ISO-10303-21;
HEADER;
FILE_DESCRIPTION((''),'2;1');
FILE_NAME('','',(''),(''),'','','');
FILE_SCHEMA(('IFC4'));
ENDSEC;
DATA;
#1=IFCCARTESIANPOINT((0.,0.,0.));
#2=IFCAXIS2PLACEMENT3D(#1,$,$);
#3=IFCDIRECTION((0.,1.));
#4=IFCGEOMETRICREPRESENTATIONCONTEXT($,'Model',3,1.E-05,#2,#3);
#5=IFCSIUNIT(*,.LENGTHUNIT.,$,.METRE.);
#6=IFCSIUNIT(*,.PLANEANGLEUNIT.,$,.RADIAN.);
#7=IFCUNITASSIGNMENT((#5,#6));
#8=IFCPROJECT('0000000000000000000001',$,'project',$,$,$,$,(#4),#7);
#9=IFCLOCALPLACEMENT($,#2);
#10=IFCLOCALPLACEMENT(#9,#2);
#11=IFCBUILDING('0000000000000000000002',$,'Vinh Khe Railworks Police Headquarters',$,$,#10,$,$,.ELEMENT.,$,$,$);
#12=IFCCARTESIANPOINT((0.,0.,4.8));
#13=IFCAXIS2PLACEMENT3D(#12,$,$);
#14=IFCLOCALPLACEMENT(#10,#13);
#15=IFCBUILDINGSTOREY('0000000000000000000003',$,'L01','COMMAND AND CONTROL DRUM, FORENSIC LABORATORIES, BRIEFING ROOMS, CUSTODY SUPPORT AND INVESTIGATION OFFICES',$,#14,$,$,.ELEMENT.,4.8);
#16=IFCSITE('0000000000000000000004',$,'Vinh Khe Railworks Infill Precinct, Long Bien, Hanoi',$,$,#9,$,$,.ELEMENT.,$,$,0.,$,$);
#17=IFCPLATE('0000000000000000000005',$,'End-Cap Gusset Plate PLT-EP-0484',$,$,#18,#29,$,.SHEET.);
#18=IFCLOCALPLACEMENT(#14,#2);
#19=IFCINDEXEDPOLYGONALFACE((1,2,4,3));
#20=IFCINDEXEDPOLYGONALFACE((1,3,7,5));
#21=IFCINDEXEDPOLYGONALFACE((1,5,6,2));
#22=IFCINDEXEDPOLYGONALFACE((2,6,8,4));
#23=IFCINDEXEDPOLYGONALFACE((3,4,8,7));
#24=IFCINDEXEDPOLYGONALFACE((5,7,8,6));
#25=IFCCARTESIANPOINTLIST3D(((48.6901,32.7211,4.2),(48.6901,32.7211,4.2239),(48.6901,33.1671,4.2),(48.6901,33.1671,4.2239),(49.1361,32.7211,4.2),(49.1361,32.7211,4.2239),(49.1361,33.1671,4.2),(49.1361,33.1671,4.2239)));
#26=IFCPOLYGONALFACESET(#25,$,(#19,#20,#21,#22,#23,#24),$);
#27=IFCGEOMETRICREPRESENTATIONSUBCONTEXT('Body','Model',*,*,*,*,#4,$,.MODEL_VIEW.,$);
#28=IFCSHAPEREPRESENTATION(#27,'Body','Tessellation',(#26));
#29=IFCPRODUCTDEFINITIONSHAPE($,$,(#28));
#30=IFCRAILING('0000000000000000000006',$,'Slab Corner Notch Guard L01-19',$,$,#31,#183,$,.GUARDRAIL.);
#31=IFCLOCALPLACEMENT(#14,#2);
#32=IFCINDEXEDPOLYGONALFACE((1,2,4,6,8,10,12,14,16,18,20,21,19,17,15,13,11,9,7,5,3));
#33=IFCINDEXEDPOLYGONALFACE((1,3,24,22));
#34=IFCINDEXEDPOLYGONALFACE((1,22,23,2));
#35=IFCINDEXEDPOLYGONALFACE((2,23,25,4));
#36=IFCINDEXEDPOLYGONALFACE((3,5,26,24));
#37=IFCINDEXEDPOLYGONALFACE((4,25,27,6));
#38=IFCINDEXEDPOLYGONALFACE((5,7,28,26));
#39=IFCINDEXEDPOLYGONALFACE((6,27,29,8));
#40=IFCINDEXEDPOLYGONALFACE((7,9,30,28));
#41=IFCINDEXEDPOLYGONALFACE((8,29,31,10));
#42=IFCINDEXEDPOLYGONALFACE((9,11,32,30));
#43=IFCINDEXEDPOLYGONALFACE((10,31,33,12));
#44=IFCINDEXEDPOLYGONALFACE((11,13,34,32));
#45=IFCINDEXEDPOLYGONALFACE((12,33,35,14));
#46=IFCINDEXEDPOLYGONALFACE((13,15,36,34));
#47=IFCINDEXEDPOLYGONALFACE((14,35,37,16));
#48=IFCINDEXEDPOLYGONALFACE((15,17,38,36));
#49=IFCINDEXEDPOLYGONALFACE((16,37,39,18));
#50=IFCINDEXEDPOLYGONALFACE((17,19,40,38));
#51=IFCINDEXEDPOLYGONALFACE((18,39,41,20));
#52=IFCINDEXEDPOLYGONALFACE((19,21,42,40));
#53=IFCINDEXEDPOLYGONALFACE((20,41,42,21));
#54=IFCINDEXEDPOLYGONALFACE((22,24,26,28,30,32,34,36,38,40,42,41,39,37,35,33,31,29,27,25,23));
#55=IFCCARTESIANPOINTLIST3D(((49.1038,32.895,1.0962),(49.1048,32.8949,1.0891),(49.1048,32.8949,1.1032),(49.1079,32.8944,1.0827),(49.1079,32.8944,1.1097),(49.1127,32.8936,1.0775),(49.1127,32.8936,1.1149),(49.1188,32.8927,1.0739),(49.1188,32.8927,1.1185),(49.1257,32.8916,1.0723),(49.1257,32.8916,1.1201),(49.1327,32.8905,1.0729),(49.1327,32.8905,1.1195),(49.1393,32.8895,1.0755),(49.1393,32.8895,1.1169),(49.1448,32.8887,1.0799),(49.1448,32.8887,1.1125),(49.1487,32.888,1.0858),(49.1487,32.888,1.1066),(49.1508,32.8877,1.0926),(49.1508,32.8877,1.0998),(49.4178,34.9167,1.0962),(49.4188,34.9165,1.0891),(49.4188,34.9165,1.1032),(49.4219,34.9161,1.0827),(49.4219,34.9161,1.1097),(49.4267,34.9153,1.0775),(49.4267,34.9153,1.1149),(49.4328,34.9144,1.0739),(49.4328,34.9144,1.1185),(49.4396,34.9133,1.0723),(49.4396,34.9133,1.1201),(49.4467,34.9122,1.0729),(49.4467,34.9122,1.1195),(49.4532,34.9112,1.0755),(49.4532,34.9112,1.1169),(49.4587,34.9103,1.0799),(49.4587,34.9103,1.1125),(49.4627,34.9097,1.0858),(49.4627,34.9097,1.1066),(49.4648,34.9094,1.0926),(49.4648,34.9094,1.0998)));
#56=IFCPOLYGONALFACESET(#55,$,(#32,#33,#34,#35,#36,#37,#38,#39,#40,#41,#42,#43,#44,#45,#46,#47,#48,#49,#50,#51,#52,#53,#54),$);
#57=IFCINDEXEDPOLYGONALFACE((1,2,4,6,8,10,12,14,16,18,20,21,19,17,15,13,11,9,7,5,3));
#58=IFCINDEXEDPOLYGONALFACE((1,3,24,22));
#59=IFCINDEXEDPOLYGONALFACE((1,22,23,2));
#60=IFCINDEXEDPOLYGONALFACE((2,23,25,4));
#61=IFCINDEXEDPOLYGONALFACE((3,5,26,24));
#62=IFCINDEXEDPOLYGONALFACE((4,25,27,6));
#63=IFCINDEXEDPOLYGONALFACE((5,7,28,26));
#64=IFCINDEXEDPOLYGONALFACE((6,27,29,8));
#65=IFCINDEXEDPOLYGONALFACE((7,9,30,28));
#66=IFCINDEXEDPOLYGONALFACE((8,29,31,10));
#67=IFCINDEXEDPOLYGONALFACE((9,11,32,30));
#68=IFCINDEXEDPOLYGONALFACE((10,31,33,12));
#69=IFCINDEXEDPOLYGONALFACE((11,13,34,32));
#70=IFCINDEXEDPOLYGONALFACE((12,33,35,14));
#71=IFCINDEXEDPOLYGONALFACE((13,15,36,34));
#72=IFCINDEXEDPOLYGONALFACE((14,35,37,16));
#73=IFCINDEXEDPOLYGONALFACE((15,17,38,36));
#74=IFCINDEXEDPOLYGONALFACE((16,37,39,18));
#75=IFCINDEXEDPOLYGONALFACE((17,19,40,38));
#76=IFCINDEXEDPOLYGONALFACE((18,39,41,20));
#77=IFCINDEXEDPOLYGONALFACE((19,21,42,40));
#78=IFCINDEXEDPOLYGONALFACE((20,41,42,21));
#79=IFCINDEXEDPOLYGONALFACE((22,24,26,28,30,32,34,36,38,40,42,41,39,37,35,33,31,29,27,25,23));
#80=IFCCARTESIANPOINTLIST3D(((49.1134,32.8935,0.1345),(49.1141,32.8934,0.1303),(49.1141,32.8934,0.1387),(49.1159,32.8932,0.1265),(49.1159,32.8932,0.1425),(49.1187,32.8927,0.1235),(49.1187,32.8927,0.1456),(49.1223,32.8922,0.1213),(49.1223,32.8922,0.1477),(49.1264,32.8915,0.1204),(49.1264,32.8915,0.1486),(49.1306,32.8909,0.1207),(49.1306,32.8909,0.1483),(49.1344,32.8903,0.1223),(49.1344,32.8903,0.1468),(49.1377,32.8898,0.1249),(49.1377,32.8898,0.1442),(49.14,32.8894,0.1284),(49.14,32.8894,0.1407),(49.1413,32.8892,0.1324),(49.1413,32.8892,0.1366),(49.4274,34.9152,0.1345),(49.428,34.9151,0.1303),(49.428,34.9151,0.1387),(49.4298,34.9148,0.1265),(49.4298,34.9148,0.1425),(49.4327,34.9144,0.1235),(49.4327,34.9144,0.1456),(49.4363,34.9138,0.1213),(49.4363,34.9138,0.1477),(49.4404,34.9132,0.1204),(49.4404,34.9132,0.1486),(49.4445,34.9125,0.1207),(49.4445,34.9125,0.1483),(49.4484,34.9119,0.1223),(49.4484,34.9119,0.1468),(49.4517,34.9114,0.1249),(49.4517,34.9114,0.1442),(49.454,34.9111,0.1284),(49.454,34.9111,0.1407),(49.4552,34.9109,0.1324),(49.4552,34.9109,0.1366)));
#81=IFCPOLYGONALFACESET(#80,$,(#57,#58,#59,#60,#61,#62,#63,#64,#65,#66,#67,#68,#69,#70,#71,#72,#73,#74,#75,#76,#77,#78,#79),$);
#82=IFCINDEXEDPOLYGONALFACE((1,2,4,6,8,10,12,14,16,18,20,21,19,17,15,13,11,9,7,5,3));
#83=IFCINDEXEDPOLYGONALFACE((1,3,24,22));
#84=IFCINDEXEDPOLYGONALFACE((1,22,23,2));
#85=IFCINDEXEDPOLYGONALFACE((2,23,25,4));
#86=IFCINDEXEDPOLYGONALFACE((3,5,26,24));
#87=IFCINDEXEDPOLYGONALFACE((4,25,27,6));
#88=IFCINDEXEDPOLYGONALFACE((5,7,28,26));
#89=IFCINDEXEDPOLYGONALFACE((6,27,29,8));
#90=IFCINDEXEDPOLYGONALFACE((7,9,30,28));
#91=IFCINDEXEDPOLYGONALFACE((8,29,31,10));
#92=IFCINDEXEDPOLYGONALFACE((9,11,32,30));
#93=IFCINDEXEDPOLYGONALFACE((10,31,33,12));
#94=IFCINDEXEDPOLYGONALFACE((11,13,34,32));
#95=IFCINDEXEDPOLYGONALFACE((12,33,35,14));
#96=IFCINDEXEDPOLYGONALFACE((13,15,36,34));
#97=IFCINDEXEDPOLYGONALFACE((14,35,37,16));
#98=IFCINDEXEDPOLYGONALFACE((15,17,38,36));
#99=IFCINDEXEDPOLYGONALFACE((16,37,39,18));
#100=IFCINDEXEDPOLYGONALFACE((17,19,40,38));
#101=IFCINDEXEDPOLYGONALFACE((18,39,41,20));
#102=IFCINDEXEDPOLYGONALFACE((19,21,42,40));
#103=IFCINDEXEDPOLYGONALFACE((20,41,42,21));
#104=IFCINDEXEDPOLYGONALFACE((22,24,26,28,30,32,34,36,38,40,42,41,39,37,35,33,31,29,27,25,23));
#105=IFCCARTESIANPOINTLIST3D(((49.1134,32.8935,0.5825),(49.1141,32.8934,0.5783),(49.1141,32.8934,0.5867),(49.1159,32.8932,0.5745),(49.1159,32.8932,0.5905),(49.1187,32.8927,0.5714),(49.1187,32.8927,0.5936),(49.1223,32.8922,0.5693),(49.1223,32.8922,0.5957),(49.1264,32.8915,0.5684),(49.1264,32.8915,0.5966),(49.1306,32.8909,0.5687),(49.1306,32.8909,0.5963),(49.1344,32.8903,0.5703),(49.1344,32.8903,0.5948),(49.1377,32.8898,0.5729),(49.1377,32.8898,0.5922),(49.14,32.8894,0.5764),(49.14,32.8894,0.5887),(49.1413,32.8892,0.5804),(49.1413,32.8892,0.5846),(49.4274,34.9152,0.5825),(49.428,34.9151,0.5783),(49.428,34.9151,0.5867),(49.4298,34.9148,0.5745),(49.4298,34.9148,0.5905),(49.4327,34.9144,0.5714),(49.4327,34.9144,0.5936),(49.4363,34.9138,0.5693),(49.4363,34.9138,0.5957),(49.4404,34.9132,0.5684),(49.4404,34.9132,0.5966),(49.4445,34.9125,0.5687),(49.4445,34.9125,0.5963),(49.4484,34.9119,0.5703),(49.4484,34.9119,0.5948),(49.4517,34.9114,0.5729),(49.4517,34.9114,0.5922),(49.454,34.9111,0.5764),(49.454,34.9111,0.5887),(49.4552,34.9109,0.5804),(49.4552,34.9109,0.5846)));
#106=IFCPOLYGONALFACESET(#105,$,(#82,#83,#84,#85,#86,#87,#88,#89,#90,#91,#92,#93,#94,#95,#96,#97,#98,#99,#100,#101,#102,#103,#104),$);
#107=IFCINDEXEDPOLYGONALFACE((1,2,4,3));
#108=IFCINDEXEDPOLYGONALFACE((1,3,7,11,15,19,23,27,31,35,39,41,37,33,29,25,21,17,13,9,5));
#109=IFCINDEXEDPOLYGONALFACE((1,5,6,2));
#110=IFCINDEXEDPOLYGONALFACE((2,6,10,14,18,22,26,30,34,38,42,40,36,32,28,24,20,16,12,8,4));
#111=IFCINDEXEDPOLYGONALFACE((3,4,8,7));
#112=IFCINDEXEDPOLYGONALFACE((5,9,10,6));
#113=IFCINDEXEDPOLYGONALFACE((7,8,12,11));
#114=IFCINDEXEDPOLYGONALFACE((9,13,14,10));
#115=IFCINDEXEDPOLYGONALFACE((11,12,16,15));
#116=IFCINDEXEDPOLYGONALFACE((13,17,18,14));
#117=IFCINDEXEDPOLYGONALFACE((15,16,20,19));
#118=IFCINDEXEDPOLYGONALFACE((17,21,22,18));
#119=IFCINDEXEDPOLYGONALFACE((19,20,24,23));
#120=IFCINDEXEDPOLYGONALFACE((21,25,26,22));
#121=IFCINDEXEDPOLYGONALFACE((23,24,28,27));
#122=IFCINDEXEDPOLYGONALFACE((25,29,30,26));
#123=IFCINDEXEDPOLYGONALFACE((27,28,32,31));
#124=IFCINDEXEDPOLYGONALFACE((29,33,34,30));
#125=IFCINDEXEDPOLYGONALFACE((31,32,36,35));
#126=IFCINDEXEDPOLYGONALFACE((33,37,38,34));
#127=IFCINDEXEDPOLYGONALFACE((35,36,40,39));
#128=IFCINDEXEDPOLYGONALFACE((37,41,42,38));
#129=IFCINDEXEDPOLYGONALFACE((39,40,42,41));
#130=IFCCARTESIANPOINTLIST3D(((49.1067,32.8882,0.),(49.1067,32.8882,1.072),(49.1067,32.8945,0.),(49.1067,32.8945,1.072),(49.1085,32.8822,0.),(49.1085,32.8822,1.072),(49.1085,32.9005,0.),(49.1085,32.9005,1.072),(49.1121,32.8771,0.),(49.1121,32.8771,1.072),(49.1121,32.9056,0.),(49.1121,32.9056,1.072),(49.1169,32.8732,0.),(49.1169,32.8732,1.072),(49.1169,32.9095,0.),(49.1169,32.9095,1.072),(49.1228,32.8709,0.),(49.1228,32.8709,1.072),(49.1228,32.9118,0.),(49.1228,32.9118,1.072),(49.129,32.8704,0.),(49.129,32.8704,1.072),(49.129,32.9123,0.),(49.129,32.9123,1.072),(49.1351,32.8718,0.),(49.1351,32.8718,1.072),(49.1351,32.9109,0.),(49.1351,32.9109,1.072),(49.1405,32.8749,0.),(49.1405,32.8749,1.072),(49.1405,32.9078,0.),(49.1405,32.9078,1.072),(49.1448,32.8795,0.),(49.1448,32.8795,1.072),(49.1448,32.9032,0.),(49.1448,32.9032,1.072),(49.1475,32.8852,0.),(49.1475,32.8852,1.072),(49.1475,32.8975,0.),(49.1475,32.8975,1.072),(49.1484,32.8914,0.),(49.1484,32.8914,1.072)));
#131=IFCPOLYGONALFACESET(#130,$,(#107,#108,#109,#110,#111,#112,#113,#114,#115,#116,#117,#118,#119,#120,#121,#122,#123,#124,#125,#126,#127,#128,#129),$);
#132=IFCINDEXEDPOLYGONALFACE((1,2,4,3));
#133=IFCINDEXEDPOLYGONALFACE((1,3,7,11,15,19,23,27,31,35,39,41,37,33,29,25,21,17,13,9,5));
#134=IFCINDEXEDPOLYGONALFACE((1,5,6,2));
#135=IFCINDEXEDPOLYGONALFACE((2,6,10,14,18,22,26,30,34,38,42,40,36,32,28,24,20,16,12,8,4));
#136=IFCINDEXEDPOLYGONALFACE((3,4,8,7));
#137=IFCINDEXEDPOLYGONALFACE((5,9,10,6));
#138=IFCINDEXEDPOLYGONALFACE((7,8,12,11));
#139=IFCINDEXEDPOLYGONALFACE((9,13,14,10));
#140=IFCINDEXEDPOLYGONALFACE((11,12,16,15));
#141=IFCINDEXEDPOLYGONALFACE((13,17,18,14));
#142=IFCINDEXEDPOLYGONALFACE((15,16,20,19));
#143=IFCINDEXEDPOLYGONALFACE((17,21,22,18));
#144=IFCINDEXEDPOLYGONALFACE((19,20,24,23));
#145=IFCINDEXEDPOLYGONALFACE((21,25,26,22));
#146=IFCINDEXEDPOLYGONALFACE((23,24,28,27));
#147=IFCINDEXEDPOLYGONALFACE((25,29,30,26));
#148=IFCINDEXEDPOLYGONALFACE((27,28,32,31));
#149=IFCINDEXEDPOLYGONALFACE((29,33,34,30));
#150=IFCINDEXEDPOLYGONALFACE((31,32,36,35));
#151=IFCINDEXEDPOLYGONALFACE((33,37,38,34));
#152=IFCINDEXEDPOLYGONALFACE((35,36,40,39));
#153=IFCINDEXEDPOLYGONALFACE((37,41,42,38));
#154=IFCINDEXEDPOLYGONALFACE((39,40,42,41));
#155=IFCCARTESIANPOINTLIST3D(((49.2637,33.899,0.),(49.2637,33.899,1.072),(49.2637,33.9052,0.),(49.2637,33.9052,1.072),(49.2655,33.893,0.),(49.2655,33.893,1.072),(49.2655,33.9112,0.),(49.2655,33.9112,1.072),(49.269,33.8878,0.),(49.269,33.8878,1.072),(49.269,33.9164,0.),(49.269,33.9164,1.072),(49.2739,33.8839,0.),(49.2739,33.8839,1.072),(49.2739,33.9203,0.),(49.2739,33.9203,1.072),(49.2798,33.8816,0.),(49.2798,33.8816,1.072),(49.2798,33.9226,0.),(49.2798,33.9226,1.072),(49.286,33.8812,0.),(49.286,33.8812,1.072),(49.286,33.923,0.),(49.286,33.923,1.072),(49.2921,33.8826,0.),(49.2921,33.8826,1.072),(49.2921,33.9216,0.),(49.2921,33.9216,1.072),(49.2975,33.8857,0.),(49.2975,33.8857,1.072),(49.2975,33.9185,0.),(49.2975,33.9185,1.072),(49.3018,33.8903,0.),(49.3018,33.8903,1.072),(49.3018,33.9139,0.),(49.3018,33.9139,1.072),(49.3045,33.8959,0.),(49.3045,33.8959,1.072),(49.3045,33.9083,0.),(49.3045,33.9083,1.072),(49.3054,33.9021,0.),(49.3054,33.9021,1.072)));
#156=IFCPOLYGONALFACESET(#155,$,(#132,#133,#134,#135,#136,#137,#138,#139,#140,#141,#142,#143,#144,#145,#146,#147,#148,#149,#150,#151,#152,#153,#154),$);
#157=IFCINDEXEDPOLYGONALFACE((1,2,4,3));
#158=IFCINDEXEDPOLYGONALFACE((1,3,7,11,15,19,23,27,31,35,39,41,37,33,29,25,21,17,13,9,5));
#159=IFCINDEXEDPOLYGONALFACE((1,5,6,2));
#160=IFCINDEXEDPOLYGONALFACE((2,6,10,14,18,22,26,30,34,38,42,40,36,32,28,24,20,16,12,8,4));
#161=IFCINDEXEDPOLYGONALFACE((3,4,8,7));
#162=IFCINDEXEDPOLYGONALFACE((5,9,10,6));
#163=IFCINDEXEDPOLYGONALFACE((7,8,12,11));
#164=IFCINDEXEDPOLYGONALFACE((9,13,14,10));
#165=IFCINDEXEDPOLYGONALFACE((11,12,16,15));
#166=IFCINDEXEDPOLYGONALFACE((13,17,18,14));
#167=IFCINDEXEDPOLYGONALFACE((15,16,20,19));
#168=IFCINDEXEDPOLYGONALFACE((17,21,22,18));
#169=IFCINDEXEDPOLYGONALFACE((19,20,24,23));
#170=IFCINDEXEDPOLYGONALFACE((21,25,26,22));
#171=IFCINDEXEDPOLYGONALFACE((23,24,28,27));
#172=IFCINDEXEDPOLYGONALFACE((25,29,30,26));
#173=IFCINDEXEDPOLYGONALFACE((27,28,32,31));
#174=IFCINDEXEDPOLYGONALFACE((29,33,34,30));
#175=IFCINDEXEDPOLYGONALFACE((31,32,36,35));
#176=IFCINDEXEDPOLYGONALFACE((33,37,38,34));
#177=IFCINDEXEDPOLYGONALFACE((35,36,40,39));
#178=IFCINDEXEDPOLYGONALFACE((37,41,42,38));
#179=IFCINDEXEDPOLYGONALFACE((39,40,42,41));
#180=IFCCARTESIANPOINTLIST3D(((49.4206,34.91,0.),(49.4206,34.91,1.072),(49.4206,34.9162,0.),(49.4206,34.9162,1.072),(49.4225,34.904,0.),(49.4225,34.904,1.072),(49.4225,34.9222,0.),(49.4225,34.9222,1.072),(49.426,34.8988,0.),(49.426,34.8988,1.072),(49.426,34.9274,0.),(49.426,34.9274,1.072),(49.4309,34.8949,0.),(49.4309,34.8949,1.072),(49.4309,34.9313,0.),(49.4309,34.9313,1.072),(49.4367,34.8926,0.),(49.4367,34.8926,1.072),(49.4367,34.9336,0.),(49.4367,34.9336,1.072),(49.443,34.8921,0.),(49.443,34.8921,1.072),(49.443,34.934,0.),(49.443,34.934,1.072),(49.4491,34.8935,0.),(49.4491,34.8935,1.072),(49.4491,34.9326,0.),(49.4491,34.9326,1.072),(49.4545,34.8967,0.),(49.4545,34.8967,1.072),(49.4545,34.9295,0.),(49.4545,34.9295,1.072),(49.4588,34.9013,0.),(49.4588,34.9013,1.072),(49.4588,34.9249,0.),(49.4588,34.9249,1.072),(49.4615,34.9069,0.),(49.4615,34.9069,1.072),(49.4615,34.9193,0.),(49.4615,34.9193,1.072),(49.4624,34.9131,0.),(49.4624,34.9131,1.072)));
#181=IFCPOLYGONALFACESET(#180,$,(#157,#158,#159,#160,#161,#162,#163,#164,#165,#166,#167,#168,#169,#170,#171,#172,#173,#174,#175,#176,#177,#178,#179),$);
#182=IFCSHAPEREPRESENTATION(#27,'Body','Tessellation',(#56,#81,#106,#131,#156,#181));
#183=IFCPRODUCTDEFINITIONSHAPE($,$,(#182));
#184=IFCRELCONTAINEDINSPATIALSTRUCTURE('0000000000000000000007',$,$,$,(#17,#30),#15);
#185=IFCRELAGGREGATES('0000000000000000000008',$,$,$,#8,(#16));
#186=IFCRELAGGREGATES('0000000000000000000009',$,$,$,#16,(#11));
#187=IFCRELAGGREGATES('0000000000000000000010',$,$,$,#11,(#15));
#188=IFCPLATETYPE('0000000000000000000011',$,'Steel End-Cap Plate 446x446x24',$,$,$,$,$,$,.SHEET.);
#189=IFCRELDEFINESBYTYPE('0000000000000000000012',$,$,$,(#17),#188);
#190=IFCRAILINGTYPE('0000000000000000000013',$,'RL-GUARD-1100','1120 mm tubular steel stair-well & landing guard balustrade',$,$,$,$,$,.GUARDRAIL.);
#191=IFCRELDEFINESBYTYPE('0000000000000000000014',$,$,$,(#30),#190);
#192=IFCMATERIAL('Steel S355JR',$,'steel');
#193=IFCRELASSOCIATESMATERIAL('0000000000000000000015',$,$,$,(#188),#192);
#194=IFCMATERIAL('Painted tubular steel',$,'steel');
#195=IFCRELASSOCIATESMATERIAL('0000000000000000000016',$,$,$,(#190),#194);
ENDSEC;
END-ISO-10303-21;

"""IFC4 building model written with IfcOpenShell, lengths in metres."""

from ifc_helpers import new_model, si_unit, direction, frame, origin, origin_2d, place, context, subcontext, project, spatial, rectangle, circle, extrude, material, material_profile, profile_set, type_object, element, save


model = new_model("IFC4")

# Units and contexts
model_context = context("Model", 3, precision=1e-05, world=origin(), true_north=direction((0.0, 1.0)))
body_context = subcontext(model_context, "Body", "Model", "MODEL_VIEW")
ifc_project = project(units=[si_unit("LENGTHUNIT", "METRE"), si_unit("PLANEANGLEUNIT", "RADIAN")], contexts=[model_context])

# Site, building, storey
site_placement = place(None, origin())
site = spatial("IfcSite", under=ifc_project, at=site_placement, Name="Vinh Khe Railworks Infill Precinct, Long Bien, Hanoi", CompositionType="ELEMENT", RefElevation=0.0)
building_placement = place(site_placement, origin())
building = spatial("IfcBuilding", under=site, at=building_placement, Name="Vinh Khe Railworks Police Headquarters", CompositionType="ELEMENT")
storey_placement = place(building_placement, frame((0.0, 0.0, 4.8)))
storey = spatial("IfcBuildingStorey", under=building, at=storey_placement, Name="L01", Description="COMMAND AND CONTROL DRUM, FORENSIC LABORATORIES, BRIEFING ROOMS, CUSTODY SUPPORT AND INVESTIGATION OFFICES", CompositionType="ELEMENT", Elevation=4.8)

# Shared definitions
ifc_material_1 = material(Name="Steel S355JR", Category="steel")

# Plate
ifc_material_profile_1 = material_profile(ifc_material_1, rectangle(XDim=0.446, YDim=0.446, at=origin_2d()), Name="PL 446x446")
ifc_profile_set_1 = profile_set([ifc_material_profile_1], Name="Steel S355JR")
plate_type_1 = type_object("IfcPlateType", Name="Steel End-Cap Plate 446x446x24", PredefinedType="SHEET", material=ifc_profile_set_1)
plate_1_placement = place(storey_placement, frame((48.9131, 32.9441, 4.2), z_axis=(0.0, 0.0, 1.0), x_axis=(1.0, 0.0, 0.0)))
element("IfcPlate", 1, at=plate_1_placement, inside=storey, type_object=plate_type_1, Name="End-Cap Gusset Plate PLT-EP-0484", PredefinedType="SHEET", context=body_context, shape_type="SweptSolid", body=[
    extrude(rectangle(XDim=0.446, YDim=0.446, at=origin_2d()), origin(), (0.0, 0.0, 1.0), 0.0239),
])

# Railing
ifc_material_2 = material(Name="Painted tubular steel", Category="steel")
railing_type = type_object("IfcRailingType", Name="RL-GUARD-1100", Description="1120 mm tubular steel stair-well & landing guard balustrade", PredefinedType="GUARDRAIL", material=ifc_material_2)
railing_1_placement = place(storey_placement, frame((49.1274, 32.8914, 0.0)))
element("IfcRailing", 2, at=railing_1_placement, inside=storey, type_object=railing_type, Name="Slab Corner Notch Guard L01-19", PredefinedType="GUARDRAIL", context=body_context, shape_type="SweptSolid", body=[
    extrude(circle(Radius=0.0239, at=origin_2d()), frame((0.0, 0.0, 1.0962), z_axis=(0.153456, 0.988156, 0.0), x_axis=(-0.988156, 0.153456, 0.0)), (0.0, 0.0, 1.0), 2.0459),
    extrude(circle(Radius=0.0142, at=origin_2d()), frame((0.0, 0.0, 0.1345), z_axis=(0.153456, 0.988156, 0.0), x_axis=(-0.988156, 0.153456, 0.0)), (0.0, 0.0, 1.0), 2.0459),
    extrude(circle(Radius=0.0142, at=origin_2d()), frame((0.0, 0.0, 0.5825), z_axis=(0.153456, 0.988156, 0.0), x_axis=(-0.988156, 0.153456, 0.0)), (0.0, 0.0, 1.0), 2.0459),
    extrude(circle(Radius=0.021, at=origin_2d()), origin(), (0.0, 0.0, 1.0), 1.072),
    extrude(circle(Radius=0.021, at=origin_2d()), frame((0.157, 1.0107, 0.0)), (0.0, 0.0, 1.0), 1.072),
    extrude(circle(Radius=0.021, at=origin_2d()), frame((0.314, 2.0217, 0.0)), (0.0, 0.0, 1.0), 1.072),
])

save(model, "model.ifc")
